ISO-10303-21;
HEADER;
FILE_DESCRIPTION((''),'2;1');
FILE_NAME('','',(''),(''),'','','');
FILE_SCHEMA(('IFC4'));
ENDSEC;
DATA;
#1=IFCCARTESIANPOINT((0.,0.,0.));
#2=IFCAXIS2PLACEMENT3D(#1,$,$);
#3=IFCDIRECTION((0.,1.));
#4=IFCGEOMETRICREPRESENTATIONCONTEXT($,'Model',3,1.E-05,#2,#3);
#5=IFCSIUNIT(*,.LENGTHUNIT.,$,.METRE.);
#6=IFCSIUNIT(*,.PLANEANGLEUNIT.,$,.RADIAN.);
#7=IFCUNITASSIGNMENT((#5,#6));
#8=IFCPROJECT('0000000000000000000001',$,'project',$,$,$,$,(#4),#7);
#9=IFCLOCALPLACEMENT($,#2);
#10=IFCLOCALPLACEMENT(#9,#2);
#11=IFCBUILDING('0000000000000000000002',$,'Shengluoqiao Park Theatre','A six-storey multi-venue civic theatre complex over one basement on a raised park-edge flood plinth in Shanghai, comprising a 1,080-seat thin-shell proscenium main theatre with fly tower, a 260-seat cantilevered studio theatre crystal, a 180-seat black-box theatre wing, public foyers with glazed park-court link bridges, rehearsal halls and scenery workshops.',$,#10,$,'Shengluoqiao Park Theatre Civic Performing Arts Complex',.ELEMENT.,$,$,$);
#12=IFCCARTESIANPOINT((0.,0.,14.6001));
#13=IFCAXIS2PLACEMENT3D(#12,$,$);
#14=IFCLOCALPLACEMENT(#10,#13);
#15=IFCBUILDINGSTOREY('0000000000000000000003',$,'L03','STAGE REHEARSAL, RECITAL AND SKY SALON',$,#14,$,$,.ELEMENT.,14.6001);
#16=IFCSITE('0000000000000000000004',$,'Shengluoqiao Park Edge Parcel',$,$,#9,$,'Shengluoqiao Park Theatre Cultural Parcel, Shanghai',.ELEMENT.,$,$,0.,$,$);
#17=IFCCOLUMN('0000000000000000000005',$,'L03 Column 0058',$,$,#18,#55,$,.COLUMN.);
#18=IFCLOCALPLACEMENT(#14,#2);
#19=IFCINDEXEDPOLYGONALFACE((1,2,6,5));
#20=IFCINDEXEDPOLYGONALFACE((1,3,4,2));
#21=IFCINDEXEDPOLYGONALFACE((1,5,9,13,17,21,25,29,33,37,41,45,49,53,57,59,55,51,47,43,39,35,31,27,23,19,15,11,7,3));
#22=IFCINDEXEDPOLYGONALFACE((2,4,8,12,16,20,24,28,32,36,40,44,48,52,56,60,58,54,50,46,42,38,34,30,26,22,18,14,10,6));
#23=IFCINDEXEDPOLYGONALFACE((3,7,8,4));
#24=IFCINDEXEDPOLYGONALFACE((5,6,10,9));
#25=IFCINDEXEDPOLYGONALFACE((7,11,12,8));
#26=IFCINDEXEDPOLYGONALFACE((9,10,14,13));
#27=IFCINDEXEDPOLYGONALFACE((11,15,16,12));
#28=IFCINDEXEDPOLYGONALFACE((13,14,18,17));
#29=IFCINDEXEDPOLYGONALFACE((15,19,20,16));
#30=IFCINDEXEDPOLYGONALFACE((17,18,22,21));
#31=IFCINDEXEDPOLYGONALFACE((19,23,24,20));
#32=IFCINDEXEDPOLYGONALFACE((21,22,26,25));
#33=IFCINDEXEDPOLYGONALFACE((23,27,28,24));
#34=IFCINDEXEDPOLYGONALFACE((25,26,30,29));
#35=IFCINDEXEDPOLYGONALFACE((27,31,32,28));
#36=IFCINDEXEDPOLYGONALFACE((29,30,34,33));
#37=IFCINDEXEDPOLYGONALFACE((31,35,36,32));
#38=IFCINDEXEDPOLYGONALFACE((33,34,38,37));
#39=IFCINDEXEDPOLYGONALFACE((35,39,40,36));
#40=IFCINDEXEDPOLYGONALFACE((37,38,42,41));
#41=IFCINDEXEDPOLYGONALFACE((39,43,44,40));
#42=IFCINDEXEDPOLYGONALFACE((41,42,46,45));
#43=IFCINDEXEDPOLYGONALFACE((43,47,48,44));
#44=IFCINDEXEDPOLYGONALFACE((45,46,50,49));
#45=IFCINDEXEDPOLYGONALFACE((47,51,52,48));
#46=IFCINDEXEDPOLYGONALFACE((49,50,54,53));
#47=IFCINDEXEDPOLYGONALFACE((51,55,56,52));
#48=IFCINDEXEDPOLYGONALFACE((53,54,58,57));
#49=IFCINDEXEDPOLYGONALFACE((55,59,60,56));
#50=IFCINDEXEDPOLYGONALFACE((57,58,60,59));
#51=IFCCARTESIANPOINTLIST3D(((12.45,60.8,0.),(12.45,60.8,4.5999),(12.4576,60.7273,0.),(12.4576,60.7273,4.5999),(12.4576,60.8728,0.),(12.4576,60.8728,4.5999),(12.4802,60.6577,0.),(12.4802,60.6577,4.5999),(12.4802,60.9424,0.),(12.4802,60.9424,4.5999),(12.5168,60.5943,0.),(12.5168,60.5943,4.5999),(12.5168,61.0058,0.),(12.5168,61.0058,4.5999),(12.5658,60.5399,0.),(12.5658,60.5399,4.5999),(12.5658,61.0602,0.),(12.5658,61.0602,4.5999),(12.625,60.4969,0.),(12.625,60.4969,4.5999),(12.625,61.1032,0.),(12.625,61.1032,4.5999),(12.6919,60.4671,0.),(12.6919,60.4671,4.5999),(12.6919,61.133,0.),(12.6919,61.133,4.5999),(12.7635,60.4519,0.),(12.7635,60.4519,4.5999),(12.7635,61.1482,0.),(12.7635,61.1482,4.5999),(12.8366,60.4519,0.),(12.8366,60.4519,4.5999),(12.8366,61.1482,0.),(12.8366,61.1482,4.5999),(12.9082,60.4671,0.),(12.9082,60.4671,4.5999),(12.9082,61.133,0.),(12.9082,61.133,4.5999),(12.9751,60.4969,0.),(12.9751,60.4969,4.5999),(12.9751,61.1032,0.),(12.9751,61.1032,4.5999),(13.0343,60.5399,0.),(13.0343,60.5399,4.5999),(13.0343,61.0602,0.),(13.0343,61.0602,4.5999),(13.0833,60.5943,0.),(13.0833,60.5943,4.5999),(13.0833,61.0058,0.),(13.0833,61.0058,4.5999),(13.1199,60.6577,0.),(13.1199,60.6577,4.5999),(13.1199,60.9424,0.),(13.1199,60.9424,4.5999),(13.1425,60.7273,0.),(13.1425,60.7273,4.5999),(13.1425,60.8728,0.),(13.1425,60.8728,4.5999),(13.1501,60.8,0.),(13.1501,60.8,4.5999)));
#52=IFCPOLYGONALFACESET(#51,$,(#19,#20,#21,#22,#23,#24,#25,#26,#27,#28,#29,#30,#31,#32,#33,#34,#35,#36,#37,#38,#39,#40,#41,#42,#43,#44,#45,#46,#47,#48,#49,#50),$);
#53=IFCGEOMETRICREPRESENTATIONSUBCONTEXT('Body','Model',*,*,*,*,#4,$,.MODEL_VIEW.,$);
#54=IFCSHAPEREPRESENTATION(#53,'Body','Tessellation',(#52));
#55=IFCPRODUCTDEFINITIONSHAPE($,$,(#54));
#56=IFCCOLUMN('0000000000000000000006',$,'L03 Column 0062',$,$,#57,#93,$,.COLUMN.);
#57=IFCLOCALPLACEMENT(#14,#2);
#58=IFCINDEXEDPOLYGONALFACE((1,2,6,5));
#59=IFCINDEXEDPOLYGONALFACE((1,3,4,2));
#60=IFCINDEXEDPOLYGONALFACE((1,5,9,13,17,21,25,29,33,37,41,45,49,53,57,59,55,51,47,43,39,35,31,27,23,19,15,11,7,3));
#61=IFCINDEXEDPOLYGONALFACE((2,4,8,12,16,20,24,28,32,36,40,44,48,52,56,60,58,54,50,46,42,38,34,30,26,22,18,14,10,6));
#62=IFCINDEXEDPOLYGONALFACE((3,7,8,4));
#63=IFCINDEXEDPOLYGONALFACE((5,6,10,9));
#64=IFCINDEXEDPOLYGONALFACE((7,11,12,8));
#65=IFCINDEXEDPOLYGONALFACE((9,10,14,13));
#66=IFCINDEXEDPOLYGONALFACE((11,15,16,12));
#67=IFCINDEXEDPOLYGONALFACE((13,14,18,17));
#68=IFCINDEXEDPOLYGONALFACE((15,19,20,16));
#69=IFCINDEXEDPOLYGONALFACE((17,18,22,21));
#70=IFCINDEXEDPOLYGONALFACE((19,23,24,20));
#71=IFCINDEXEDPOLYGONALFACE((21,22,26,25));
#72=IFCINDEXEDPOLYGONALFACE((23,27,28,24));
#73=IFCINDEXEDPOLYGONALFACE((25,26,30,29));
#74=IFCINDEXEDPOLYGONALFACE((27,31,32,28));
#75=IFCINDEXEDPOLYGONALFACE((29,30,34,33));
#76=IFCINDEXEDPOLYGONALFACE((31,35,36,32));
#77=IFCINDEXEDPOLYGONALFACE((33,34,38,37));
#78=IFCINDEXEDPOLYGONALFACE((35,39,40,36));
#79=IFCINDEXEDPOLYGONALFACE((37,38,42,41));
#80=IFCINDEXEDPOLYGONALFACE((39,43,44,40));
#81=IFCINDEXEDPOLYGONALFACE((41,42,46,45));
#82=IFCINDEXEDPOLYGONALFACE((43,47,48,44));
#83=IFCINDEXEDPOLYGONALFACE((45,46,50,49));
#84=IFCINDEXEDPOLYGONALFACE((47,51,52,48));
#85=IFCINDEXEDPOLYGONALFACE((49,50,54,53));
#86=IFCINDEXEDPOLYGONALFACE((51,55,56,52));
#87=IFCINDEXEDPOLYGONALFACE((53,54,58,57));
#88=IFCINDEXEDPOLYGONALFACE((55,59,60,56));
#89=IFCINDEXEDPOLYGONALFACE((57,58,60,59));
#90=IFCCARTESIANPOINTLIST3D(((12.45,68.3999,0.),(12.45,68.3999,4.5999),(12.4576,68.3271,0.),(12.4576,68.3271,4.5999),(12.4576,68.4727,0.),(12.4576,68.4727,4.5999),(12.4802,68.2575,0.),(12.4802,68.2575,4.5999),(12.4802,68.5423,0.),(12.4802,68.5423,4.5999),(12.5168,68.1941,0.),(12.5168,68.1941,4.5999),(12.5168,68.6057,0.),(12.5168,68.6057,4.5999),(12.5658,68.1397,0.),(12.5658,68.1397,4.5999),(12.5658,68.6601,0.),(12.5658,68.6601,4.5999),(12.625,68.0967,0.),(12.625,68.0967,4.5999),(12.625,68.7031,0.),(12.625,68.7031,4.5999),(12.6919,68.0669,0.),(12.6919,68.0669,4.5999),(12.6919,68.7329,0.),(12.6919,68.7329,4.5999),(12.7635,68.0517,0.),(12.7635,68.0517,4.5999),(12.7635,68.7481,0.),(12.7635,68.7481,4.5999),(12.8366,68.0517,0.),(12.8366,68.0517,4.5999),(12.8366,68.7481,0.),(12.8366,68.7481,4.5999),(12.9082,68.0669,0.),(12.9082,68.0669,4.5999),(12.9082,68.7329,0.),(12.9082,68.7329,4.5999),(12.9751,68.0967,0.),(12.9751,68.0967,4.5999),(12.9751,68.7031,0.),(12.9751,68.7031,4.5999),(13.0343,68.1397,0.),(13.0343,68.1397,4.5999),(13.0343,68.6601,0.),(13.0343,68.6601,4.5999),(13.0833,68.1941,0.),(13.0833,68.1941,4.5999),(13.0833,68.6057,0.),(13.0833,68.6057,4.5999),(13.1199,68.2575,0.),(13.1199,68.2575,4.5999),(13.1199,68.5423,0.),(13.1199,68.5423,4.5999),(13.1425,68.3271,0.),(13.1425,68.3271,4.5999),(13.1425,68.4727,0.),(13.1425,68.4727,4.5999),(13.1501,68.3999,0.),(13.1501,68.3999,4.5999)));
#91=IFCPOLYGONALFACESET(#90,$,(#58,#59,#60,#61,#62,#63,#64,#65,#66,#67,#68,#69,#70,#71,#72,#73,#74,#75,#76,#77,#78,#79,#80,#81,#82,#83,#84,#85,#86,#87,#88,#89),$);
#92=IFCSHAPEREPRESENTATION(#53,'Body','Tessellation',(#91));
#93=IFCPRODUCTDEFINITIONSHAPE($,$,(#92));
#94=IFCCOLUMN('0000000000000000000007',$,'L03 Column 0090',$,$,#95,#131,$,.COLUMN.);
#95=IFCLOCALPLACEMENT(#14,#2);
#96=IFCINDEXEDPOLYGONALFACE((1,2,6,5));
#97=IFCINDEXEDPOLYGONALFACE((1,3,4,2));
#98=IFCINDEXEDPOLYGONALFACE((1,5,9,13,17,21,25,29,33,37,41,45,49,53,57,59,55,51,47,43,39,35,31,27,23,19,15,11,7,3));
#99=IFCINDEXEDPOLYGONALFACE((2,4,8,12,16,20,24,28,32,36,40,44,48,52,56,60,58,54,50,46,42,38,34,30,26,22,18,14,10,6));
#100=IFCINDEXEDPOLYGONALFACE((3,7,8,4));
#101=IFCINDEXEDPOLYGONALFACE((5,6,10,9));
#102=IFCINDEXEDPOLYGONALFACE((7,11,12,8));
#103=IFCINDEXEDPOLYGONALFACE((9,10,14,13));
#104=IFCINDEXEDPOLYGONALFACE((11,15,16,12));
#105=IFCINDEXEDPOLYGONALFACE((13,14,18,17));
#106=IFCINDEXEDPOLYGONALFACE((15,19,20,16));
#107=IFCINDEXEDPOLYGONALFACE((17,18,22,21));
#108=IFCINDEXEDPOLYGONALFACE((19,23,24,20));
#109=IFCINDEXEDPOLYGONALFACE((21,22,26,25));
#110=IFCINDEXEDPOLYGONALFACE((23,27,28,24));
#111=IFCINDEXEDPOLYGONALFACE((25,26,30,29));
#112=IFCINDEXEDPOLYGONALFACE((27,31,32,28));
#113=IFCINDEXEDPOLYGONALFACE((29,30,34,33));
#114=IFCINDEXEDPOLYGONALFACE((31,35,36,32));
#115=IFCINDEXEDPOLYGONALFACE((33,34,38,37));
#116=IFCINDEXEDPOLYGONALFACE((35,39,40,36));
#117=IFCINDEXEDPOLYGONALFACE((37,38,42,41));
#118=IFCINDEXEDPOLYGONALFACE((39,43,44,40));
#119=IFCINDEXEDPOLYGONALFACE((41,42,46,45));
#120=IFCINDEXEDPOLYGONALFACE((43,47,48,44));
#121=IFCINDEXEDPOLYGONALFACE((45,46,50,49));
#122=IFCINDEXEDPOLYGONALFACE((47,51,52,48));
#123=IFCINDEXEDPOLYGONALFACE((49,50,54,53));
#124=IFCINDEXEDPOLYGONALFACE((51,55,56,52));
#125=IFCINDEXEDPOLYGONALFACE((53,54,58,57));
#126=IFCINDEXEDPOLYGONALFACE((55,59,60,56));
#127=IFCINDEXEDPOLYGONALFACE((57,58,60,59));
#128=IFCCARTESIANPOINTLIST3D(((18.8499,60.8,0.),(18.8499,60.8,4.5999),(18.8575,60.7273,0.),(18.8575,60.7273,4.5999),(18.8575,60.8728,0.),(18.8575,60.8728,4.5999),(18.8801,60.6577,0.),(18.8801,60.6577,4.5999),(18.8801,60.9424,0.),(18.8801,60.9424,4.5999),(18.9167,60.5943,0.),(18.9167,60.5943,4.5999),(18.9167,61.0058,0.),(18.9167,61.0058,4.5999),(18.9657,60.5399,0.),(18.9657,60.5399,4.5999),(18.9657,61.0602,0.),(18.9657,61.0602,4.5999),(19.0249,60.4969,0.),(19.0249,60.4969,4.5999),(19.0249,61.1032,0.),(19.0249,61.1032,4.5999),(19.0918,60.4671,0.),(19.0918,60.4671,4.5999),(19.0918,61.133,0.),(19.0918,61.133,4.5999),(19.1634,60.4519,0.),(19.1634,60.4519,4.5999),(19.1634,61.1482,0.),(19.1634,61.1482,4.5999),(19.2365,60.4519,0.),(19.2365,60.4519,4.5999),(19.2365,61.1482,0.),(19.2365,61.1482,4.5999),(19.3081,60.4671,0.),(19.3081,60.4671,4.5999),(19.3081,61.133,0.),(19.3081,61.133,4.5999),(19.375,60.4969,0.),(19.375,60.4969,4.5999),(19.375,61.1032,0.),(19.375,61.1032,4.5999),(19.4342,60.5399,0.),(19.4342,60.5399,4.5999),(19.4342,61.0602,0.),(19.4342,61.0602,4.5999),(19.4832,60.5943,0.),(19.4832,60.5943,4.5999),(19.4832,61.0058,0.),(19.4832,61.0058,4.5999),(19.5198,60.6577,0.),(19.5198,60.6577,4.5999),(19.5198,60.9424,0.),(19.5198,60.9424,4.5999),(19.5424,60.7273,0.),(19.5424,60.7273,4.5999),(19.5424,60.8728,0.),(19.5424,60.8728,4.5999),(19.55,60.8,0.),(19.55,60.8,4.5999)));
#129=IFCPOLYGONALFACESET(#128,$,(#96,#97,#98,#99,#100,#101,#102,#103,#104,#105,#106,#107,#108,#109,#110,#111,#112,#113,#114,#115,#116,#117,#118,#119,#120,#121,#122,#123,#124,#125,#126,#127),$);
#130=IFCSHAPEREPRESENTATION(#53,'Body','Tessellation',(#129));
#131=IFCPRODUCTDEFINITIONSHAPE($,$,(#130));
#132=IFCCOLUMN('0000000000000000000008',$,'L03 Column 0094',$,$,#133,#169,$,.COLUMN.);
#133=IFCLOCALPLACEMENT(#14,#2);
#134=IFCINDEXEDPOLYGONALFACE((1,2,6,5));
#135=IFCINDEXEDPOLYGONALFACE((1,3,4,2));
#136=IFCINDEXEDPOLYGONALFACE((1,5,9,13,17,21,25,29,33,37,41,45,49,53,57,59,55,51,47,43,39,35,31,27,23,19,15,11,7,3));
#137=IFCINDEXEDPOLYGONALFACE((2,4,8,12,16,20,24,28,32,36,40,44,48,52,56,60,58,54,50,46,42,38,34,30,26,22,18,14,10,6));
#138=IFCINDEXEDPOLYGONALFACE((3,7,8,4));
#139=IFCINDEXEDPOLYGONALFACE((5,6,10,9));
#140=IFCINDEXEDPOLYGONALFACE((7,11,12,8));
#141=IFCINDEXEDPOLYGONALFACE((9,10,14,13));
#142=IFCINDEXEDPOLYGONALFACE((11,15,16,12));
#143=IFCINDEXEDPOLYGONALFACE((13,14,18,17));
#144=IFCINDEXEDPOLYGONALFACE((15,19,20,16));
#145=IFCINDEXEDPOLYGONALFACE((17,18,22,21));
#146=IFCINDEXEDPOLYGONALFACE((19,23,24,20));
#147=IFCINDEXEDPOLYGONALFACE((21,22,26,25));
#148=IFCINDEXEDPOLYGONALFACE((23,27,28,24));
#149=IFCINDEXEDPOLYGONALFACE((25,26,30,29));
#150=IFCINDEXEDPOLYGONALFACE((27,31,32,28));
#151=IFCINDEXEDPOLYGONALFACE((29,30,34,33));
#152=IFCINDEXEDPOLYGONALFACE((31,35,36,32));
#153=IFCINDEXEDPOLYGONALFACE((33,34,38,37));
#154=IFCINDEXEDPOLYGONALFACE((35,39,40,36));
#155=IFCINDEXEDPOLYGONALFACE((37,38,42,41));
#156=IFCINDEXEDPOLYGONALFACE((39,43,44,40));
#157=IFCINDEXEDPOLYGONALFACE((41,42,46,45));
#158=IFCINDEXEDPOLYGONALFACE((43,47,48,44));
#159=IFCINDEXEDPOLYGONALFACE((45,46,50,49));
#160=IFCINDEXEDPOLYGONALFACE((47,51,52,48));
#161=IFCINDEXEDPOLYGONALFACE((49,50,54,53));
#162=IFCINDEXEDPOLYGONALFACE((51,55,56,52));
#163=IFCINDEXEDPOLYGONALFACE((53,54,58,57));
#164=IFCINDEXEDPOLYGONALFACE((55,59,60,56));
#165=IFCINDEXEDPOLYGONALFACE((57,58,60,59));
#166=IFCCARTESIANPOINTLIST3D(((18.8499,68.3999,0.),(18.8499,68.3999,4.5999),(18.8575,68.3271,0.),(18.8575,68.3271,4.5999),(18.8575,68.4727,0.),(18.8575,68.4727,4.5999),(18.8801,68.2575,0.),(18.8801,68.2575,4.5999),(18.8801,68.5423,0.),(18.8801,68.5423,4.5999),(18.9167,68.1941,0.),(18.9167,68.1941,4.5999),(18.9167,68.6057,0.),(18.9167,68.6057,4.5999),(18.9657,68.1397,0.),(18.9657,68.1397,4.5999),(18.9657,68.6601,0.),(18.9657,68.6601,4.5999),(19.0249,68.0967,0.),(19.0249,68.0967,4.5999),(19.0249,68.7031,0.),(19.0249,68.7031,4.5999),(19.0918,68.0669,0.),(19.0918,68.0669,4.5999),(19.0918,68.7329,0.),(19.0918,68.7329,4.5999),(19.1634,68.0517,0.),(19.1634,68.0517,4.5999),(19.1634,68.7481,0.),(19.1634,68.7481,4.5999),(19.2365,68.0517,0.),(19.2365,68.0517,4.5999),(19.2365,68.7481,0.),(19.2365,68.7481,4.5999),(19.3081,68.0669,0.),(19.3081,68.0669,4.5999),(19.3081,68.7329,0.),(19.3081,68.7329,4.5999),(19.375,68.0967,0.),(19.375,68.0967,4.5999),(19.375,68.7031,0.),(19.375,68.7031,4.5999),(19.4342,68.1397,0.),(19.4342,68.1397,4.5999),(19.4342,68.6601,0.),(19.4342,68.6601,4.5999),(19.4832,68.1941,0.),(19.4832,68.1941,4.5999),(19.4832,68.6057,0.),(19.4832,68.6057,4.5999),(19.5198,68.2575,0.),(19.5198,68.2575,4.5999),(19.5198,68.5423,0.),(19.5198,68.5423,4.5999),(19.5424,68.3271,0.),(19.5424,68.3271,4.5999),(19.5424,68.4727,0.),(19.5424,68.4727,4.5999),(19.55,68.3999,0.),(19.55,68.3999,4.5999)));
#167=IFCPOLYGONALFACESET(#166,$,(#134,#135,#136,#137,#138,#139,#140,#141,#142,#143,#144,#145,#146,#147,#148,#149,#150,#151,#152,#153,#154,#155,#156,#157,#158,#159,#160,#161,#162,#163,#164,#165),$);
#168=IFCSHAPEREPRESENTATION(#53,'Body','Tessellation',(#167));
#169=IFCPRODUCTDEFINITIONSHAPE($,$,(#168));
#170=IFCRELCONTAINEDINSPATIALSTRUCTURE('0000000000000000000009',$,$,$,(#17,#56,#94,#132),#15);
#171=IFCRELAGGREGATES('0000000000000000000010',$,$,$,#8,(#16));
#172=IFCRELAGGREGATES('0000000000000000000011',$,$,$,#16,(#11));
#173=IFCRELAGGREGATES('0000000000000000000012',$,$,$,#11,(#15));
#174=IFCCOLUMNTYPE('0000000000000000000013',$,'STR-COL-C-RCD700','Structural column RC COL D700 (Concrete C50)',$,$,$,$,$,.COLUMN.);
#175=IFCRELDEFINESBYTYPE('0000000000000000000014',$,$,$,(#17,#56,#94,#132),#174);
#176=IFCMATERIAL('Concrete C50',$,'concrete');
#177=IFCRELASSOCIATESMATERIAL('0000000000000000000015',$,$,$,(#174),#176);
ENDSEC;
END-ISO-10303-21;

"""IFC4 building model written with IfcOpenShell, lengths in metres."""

from ifc_helpers import new_model, si_unit, direction, frame, origin, origin_2d, place, context, subcontext, project, spatial, circle, extrude, material, material_profile, profile_set, type_object, element, save


model = new_model("IFC4")

# Units and contexts
model_context = context("Model", 3, precision=1e-05, world=origin(), true_north=direction((0.0, 1.0)))
body_context = subcontext(model_context, "Body", "Model", "MODEL_VIEW")
ifc_project = project(units=[si_unit("LENGTHUNIT", "METRE"), si_unit("PLANEANGLEUNIT", "RADIAN")], contexts=[model_context])

# Site, building, storey
site_placement = place(None, origin())
site = spatial("IfcSite", under=ifc_project, at=site_placement, Name="Shengluoqiao Park Edge Parcel", LongName="Shengluoqiao Park Theatre Cultural Parcel, Shanghai", CompositionType="ELEMENT", RefElevation=0.0)
building_placement = place(site_placement, origin())
building = spatial("IfcBuilding", under=site, at=building_placement, Name="Shengluoqiao Park Theatre", Description="A six-storey multi-venue civic theatre complex over one basement on a raised park-edge flood plinth in Shanghai, comprising a 1,080-seat thin-shell proscenium main theatre with fly tower, a 260-seat cantilevered studio theatre crystal, a 180-seat black-box theatre wing, public foyers with glazed park-court link bridges, rehearsal halls and scenery workshops.", LongName="Shengluoqiao Park Theatre Civic Performing Arts Complex", CompositionType="ELEMENT")
storey_placement = place(building_placement, frame((0.0, 0.0, 14.6001)))
storey = spatial("IfcBuildingStorey", under=building, at=storey_placement, Name="L03", Description="STAGE REHEARSAL, RECITAL AND SKY SALON", CompositionType="ELEMENT", Elevation=14.6001)

# Columns
ifc_material_1 = material(Name="Concrete C50", Category="concrete")
ifc_material_profile_1 = material_profile(ifc_material_1, circle(Radius=0.3501, at=origin_2d()), Name="RC COL D700")
ifc_profile_set_1 = profile_set([ifc_material_profile_1], Name="Concrete C50")
column_type = type_object("IfcColumnType", Name="STR-COL-C-RCD700", Description="Structural column RC COL D700 (Concrete C50)", PredefinedType="COLUMN", material=ifc_profile_set_1)
for number, where, z_axis, x_axis, name in (
    (1, (12.8, 60.8, 0.0), (0.0, 0.0, 1.0), (1.0, 0.0, 0.0), "L03 Column 0058"),
    (2, (12.8, 68.3999, 0.0), (0.0, 0.0, 1.0), (1.0, 0.0, 0.0), "L03 Column 0062"),
    (3, (19.2, 60.8, 0.0), (0.0, 0.0, 1.0), (1.0, 0.0, 0.0), "L03 Column 0090"),
    (4, (19.2, 68.3999, 0.0), (0.0, 0.0, 1.0), (1.0, 0.0, 0.0), "L03 Column 0094"),
):
    element("IfcColumn", number, at=place(storey_placement, frame(where, z_axis=z_axis, x_axis=x_axis)), inside=storey, type_object=column_type, Name=name, PredefinedType="COLUMN", context=body_context, shape_type="SweptSolid", body=[
        extrude(circle(Radius=0.3501, at=origin_2d()), origin(), (0.0, 0.0, 1.0), 4.5999),
    ])

save(model, "model.ifc")
